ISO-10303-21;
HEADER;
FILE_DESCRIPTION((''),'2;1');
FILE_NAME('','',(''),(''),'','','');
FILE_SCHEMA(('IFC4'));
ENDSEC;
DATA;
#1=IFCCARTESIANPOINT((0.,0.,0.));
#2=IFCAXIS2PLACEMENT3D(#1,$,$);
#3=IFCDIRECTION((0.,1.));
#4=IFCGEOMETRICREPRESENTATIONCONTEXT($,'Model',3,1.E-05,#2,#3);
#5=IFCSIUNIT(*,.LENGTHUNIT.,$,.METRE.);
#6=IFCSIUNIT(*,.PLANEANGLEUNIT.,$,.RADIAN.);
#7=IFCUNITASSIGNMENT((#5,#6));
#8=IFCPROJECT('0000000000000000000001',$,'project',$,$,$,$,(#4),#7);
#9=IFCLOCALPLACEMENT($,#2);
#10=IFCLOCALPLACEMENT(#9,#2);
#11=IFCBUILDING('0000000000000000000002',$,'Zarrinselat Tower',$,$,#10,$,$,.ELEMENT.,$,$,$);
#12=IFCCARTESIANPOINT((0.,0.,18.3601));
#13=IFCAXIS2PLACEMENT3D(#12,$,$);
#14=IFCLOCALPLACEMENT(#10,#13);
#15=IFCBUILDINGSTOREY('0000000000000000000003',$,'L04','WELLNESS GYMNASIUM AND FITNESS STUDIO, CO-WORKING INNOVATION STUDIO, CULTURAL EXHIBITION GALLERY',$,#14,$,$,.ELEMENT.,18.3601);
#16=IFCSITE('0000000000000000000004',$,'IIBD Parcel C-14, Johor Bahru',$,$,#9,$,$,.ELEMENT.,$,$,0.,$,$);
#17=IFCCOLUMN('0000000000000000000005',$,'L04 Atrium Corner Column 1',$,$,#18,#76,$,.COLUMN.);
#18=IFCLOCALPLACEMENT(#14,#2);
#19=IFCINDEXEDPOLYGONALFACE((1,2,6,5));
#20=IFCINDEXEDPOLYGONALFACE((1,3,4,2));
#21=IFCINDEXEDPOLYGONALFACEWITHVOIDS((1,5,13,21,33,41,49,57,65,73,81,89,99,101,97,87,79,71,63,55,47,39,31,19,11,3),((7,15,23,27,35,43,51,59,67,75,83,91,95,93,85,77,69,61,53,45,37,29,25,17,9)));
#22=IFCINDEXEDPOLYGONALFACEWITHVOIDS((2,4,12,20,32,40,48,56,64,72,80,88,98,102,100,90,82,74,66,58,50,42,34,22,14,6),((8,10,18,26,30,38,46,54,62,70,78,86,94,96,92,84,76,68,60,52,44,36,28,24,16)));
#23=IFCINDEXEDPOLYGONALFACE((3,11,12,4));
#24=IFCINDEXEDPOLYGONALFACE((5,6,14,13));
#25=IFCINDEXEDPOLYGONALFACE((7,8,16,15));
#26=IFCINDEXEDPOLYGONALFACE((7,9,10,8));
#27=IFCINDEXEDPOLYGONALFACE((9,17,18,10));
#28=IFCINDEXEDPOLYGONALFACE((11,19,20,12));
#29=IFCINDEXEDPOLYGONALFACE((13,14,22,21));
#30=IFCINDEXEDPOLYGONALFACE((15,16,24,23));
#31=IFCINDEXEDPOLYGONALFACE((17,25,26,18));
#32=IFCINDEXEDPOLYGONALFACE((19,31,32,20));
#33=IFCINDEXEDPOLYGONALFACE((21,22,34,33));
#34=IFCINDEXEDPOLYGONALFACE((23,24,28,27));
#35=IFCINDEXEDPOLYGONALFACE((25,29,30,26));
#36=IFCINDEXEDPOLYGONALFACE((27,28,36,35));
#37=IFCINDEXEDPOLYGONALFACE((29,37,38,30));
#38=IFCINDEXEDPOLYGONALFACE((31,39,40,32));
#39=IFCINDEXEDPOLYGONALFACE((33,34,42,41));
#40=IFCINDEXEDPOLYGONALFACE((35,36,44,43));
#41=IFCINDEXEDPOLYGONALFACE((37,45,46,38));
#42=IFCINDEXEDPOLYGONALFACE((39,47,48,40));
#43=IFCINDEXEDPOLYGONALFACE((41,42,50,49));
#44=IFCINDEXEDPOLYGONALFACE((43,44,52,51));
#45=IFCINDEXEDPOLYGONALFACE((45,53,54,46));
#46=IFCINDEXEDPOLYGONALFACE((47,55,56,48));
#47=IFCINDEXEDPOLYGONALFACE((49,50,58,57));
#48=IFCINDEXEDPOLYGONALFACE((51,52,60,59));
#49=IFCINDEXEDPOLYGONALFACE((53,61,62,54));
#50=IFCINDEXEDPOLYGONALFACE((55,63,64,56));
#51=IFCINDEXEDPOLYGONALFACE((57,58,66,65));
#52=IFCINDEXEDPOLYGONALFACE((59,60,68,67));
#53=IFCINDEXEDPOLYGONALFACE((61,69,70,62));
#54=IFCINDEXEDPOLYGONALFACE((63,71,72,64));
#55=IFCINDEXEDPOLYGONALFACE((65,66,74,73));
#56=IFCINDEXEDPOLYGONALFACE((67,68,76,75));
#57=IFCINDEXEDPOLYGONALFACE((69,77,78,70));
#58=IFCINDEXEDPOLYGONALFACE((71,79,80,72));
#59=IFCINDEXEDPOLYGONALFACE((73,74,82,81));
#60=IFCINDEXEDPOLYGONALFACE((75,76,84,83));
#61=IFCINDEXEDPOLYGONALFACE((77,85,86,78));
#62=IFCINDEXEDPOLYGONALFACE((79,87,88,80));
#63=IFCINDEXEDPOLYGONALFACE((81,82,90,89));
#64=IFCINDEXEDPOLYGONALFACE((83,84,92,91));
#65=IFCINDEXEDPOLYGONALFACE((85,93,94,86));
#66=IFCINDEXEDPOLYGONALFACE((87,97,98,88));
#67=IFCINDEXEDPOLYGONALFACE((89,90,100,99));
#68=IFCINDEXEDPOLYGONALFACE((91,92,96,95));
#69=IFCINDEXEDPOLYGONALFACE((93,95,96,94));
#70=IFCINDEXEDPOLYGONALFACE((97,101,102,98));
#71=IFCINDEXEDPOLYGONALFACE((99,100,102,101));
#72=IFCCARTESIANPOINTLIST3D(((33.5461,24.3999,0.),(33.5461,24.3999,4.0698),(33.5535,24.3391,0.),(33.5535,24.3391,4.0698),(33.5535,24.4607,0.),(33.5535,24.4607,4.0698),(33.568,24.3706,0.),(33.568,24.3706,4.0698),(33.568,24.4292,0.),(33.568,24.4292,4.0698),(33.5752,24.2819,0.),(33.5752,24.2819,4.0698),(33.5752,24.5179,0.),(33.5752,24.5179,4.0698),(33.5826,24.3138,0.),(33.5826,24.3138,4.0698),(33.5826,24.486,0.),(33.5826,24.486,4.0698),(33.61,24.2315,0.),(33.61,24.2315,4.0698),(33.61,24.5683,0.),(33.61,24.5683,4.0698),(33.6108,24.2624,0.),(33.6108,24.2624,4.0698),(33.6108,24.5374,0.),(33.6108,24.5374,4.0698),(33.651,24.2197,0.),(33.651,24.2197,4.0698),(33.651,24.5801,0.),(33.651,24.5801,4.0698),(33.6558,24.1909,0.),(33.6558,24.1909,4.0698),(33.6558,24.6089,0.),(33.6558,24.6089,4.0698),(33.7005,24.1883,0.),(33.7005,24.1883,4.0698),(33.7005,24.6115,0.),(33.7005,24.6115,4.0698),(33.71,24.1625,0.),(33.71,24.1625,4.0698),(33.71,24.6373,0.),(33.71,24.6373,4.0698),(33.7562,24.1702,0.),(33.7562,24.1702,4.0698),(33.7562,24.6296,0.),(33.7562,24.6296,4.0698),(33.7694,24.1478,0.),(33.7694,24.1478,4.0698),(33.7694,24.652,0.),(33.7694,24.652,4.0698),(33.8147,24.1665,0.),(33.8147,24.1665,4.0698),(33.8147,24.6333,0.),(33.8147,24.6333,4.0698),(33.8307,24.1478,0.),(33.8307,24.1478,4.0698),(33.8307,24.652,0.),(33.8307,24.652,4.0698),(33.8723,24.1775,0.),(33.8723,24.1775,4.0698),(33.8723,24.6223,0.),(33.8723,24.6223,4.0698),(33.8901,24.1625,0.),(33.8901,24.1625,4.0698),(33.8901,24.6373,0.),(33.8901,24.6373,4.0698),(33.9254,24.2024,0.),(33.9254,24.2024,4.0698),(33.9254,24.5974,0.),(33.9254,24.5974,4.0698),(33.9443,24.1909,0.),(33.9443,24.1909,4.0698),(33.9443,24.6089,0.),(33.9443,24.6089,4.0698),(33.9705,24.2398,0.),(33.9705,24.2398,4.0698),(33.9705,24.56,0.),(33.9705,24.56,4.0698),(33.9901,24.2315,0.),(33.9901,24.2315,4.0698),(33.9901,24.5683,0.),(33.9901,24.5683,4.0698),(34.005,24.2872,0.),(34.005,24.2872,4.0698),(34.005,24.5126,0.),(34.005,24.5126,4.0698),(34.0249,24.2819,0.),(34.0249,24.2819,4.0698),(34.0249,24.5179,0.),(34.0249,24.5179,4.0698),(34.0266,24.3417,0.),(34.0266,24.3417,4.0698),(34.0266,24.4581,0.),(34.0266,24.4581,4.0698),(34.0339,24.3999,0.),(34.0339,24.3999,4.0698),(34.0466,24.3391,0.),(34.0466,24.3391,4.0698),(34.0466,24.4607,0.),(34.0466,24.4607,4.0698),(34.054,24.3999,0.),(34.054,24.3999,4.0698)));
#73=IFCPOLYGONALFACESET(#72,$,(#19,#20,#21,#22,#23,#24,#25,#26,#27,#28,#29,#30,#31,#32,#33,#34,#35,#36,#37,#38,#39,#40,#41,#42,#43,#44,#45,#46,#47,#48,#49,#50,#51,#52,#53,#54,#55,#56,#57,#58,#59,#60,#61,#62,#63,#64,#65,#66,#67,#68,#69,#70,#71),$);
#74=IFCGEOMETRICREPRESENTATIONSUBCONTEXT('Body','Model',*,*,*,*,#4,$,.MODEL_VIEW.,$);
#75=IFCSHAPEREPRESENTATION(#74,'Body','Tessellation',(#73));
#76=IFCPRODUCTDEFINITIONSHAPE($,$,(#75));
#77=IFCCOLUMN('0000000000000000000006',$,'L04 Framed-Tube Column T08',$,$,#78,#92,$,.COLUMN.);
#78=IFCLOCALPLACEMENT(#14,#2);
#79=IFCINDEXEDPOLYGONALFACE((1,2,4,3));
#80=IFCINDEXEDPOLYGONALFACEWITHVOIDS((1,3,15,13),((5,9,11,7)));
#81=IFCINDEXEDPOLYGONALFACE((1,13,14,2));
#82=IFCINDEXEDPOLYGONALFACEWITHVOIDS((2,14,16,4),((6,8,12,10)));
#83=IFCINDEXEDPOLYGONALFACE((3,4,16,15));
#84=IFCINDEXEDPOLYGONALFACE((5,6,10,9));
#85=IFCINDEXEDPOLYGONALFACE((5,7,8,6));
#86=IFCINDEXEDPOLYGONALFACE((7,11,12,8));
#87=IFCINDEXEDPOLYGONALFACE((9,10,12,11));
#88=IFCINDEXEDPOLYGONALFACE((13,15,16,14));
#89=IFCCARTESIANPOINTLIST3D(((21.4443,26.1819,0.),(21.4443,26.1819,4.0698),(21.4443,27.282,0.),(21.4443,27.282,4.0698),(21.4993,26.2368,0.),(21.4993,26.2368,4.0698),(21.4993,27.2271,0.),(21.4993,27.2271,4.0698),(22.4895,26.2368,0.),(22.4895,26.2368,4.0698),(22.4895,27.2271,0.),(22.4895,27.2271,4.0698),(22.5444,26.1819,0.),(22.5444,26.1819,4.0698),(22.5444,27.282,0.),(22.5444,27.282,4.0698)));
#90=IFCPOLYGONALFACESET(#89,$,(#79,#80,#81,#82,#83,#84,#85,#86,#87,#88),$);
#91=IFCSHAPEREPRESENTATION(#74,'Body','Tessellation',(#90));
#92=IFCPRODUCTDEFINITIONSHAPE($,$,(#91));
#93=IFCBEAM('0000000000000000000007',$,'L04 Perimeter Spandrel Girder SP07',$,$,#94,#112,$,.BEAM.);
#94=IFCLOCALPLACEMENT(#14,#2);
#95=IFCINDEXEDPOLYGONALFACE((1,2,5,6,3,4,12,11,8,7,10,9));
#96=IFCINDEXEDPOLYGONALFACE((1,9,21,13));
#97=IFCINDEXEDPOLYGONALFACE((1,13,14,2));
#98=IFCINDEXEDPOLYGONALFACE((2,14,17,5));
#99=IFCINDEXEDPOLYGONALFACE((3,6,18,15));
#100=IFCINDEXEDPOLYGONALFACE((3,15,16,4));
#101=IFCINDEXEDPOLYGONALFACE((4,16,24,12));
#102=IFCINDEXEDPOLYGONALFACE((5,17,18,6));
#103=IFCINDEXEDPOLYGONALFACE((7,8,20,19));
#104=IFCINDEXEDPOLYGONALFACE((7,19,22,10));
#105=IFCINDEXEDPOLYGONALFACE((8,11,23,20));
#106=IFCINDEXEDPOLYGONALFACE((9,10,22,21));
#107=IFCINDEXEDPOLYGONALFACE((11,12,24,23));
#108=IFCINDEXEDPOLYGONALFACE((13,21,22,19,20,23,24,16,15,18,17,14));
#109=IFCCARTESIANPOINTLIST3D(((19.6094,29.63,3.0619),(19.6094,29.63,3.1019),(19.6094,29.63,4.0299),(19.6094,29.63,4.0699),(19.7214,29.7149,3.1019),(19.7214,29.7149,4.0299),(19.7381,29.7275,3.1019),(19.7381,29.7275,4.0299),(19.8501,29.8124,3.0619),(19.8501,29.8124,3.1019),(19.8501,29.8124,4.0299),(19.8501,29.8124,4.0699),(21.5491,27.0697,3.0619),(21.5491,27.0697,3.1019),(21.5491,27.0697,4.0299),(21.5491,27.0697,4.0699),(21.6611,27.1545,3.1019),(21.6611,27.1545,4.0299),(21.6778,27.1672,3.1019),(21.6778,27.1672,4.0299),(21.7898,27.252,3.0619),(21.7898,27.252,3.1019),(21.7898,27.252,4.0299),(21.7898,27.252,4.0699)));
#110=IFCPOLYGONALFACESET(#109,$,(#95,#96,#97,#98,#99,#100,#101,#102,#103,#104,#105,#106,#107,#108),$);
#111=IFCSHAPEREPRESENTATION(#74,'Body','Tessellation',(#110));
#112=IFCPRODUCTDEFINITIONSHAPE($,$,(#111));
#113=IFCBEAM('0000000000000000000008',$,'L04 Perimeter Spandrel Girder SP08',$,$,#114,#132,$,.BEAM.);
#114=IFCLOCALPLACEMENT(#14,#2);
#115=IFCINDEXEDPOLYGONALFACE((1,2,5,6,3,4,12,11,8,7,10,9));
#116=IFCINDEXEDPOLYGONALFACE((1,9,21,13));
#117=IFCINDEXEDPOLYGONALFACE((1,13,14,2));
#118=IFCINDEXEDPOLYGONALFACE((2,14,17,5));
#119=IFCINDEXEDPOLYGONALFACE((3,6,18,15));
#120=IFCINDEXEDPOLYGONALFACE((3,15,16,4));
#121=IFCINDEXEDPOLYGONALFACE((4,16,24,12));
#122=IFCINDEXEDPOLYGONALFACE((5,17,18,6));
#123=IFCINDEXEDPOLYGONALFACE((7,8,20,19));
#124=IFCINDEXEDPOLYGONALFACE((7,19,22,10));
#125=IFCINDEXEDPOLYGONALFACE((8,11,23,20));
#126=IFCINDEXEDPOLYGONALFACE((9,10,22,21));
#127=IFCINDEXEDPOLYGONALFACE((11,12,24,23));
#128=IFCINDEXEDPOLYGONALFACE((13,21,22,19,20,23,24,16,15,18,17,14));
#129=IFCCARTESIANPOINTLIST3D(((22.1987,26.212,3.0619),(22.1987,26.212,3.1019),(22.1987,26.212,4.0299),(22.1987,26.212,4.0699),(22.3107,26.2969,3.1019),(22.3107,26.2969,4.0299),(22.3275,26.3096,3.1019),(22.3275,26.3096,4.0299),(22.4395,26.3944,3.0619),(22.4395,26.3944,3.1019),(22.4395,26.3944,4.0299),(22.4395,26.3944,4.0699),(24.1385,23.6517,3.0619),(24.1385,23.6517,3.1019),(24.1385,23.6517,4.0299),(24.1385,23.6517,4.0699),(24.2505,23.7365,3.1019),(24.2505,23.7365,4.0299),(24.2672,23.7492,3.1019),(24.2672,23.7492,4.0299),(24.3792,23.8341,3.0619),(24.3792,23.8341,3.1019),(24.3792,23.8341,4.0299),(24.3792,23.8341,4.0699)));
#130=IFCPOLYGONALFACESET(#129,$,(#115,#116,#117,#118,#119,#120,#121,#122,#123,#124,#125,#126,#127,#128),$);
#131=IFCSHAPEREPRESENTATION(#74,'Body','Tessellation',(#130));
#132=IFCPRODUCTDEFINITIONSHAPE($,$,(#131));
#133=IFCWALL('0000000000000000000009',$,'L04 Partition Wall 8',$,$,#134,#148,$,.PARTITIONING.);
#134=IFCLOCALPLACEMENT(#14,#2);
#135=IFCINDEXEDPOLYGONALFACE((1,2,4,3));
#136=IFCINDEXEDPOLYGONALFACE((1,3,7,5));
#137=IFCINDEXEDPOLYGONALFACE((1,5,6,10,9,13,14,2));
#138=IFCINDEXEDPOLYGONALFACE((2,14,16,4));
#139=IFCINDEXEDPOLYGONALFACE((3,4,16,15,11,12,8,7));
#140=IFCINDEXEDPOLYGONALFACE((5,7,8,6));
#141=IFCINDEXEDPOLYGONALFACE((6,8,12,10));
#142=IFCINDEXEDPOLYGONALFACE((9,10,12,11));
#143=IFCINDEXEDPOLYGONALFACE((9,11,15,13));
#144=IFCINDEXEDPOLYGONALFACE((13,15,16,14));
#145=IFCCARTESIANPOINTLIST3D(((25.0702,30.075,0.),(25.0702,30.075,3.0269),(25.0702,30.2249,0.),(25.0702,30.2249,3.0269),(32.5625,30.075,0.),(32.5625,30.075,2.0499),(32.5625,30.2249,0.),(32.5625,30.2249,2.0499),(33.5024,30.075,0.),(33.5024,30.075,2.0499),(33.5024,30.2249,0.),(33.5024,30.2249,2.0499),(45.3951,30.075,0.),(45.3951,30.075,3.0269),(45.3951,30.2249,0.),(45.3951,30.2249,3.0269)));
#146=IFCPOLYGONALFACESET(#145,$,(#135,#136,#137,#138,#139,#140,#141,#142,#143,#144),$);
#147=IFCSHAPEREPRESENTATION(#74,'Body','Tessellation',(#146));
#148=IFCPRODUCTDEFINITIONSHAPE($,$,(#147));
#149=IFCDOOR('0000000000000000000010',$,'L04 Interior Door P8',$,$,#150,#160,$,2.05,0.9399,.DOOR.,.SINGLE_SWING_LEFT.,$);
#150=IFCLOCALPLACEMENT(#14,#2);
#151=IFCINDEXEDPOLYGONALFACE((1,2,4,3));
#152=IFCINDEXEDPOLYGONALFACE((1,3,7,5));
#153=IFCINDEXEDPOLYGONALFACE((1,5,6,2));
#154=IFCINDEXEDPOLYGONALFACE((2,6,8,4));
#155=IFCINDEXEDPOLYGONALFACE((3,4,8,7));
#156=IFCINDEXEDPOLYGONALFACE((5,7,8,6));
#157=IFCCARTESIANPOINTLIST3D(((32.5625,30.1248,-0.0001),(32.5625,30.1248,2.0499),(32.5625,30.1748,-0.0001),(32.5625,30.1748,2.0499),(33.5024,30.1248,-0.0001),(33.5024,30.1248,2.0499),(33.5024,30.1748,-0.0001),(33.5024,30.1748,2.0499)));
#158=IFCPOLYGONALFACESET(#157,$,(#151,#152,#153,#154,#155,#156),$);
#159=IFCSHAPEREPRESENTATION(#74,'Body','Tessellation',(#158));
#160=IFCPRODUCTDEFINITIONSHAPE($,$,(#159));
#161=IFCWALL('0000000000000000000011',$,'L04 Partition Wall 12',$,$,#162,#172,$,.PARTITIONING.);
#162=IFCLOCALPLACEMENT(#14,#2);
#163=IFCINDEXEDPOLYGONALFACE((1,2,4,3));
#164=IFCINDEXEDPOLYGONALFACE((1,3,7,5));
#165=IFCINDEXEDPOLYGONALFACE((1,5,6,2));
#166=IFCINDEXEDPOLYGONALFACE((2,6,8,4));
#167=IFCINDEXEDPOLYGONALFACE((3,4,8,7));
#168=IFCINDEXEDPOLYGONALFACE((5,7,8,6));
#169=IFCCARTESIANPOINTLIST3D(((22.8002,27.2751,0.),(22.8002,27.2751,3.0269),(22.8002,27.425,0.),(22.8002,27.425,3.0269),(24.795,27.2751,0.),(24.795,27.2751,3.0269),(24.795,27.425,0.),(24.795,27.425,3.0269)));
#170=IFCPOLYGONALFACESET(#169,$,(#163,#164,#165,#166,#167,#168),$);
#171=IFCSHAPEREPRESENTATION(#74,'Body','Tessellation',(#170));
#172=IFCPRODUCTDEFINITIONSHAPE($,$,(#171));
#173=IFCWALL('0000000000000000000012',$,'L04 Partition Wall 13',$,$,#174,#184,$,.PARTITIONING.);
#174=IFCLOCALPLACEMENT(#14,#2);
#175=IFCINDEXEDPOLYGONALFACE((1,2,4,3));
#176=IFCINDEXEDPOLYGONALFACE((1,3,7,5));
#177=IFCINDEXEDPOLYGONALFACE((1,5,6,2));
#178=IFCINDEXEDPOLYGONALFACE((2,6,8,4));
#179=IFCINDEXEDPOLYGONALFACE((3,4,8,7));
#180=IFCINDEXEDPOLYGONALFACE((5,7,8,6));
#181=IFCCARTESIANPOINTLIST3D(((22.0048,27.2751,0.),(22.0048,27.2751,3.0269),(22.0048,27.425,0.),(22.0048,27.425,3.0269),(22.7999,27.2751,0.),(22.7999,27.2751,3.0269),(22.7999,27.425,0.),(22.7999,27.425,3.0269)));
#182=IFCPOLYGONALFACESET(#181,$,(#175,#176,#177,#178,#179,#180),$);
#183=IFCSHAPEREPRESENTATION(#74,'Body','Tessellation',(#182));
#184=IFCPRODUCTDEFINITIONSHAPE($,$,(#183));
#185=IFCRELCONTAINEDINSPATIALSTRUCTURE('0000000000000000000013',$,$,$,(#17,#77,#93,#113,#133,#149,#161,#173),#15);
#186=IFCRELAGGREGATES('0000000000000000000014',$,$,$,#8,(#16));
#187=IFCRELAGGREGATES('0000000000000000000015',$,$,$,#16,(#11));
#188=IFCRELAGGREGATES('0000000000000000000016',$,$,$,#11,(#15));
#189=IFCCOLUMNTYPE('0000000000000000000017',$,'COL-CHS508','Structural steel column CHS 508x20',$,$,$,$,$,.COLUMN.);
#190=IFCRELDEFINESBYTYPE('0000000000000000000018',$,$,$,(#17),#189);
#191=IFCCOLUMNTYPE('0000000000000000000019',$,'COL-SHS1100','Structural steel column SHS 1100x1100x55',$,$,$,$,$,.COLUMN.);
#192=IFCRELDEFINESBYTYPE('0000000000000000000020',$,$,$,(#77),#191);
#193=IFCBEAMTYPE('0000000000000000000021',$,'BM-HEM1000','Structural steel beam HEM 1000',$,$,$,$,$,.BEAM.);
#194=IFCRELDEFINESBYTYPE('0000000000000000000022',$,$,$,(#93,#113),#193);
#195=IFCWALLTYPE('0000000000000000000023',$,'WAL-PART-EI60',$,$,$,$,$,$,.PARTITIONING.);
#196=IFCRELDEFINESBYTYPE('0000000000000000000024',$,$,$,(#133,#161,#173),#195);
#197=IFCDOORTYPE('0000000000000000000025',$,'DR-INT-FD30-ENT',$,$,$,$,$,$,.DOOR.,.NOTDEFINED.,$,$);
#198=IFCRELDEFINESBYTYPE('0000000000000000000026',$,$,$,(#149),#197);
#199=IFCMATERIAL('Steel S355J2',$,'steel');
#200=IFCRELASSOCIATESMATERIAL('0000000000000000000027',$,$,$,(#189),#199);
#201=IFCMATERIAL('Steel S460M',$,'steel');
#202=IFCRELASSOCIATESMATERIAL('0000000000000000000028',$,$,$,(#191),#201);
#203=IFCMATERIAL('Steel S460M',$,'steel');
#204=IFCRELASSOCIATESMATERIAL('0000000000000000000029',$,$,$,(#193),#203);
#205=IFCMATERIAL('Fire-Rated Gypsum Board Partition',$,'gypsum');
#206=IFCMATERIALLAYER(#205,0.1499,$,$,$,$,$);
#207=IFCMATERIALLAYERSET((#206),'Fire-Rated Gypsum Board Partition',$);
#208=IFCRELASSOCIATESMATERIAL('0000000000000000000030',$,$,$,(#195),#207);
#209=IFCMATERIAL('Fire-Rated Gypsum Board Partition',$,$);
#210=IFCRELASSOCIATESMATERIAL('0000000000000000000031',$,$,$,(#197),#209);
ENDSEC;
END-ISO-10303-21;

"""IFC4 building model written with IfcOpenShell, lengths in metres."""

from ifc_helpers import new_model, si_unit, direction, frame, frame_2d, origin, origin_2d, place, context, subcontext, project, spatial, rectangle, hollow_rectangle, hollow_circle, i_section, extrude, material, layer, layer_set, material_profile, profile_set, type_object, element, fill, save


model = new_model("IFC4")

# Units and contexts
model_context = context("Model", 3, precision=1e-05, world=origin(), true_north=direction((0.0, 1.0)))
body_context = subcontext(model_context, "Body", "Model", "MODEL_VIEW")
ifc_project = project(units=[si_unit("LENGTHUNIT", "METRE"), si_unit("PLANEANGLEUNIT", "RADIAN")], contexts=[model_context])

# Site, building, storey
site_placement = place(None, origin())
site = spatial("IfcSite", under=ifc_project, at=site_placement, Name="IIBD Parcel C-14, Johor Bahru", CompositionType="ELEMENT", RefElevation=0.0)
building_placement = place(site_placement, origin())
building = spatial("IfcBuilding", under=site, at=building_placement, Name="Zarrinselat Tower", CompositionType="ELEMENT")
storey_placement = place(building_placement, frame((0.0, 0.0, 18.3601)))
storey = spatial("IfcBuildingStorey", under=building, at=storey_placement, Name="L04", Description="WELLNESS GYMNASIUM AND FITNESS STUDIO, CO-WORKING INNOVATION STUDIO, CULTURAL EXHIBITION GALLERY", CompositionType="ELEMENT", Elevation=18.3601)

# Columns
ifc_material_1 = material(Name="Steel S355J2", Category="steel")
ifc_material_profile_1 = material_profile(ifc_material_1, hollow_circle(Radius=0.2539, WallThickness=0.02, at=origin_2d()), Name="CHS 508x20")
ifc_profile_set_1 = profile_set([ifc_material_profile_1], Name="Steel S355J2")
column_type_1 = type_object("IfcColumnType", Name="COL-CHS508", Description="Structural steel column CHS 508x20", PredefinedType="COLUMN", material=ifc_profile_set_1)
column_1_placement = place(storey_placement, frame((33.8, 24.3999, 0.0), z_axis=(0.0, 0.0, 1.0), x_axis=(1.0, 0.0, 0.0)))
element("IfcColumn", 1, at=column_1_placement, inside=storey, type_object=column_type_1, Name="L04 Atrium Corner Column 1", PredefinedType="COLUMN", context=body_context, shape_type="SweptSolid", body=[
    extrude(hollow_circle(Radius=0.2539, WallThickness=0.02, at=origin_2d()), origin(), (0.0, 0.0, 1.0), 4.0698),
])
ifc_material_2 = material(Name="Steel S460M", Category="steel")
ifc_material_profile_2 = material_profile(ifc_material_2, hollow_rectangle(XDim=1.1001, YDim=1.1001, WallThickness=0.0549, at=origin_2d()), Name="SHS 1100x1100x55")
ifc_profile_set_2 = profile_set([ifc_material_profile_2], Name="Steel S460M")
column_type_2 = type_object("IfcColumnType", Name="COL-SHS1100", Description="Structural steel column SHS 1100x1100x55", PredefinedType="COLUMN", material=ifc_profile_set_2)
column_2_placement = place(storey_placement, frame((21.9944, 26.7319, 0.0), z_axis=(0.0, 0.0, 1.0), x_axis=(1.0, 0.0, 0.0)))
element("IfcColumn", 2, at=column_2_placement, inside=storey, type_object=column_type_2, Name="L04 Framed-Tube Column T08", PredefinedType="COLUMN", context=body_context, shape_type="SweptSolid", body=[
    extrude(hollow_rectangle(XDim=1.1001, YDim=1.1001, WallThickness=0.0549, at=origin_2d()), origin(), (0.0, 0.0, 1.0), 4.0698),
])

# Beams
ifc_material_3 = material(Name="Steel S460M", Category="steel")
ifc_material_profile_3 = material_profile(ifc_material_3, i_section(OverallWidth=0.302, OverallDepth=1.0081, WebThickness=0.021, FlangeThickness=0.04, at=origin_2d()), Name="HEM 1000")
ifc_profile_set_3 = profile_set([ifc_material_profile_3], Name="Steel S460M")
beam_type = type_object("IfcBeamType", Name="BM-HEM1000", Description="Structural steel beam HEM 1000", PredefinedType="BEAM", material=ifc_profile_set_3)
for number, where, z_axis, x_axis, name in (
    (3, (19.7297, 29.7212, 3.5659), (0.603872, -0.797081, 0.0), (0.797081, 0.603872, 0.0), "L04 Perimeter Spandrel Girder SP07"),
    (4, (22.3191, 26.3032, 3.5659), (0.603872, -0.797081, 0.0), (0.797081, 0.603872, 0.0), "L04 Perimeter Spandrel Girder SP08"),
):
    element("IfcBeam", number, at=place(storey_placement, frame(where, z_axis=z_axis, x_axis=x_axis)), inside=storey, type_object=beam_type, Name=name, PredefinedType="BEAM", context=body_context, shape_type="SweptSolid", body=[
        extrude(i_section(OverallWidth=0.302, OverallDepth=1.0081, WebThickness=0.021, FlangeThickness=0.04, at=origin_2d()), origin(), (0.0, 0.0, 1.0), 3.2122),
    ])

# Wall, opening, door
ifc_material_4 = material(Name="Fire-Rated Gypsum Board Partition", Category="gypsum")
ifc_layer_1 = layer(ifc_material_4, 0.1499)
ifc_layer_set_1 = layer_set([ifc_layer_1], Name="Fire-Rated Gypsum Board Partition")
wall_type_1 = type_object("IfcWallType", Name="WAL-PART-EI60", PredefinedType="PARTITIONING", material=ifc_layer_set_1)
wall_1_placement = place(storey_placement, frame((25.0701, 30.1499, 0.0), z_axis=(0.0, 0.0, 1.0), x_axis=(1.0, 0.0, 0.0)))
wall_1 = element("IfcWall", 5, at=wall_1_placement, inside=storey, type_object=wall_type_1, Name="L04 Partition Wall 8", PredefinedType="PARTITIONING", context=body_context, shape_type="SweptSolid", body=[
    extrude(rectangle(XDim=20.325, YDim=0.1499, at=frame_2d((10.1626, 0.0))), origin(), (0.0, 0.0, 1.0), 3.0269),
])
opening_1_placement = place(wall_1_placement, frame((7.4924, 0.0, 0.0)))
opening_1 = element("IfcOpeningElement", 6, at=opening_1_placement, cuts=wall_1, PredefinedType="OPENING", context=body_context, shape_type="SweptSolid", body=[
    extrude(rectangle(XDim=0.9399, YDim=2.05, at=frame_2d((0.47, 1.0249))), frame((0.0, 0.085, 0.0), z_axis=(0.0, -1.0, 0.0), x_axis=(1.0, 0.0, 0.0)), (0.0, 0.0, 1.0), 0.1699),
])
ifc_material_5 = material(Name="Fire-Rated Gypsum Board Partition")
door_type_1 = type_object("IfcDoorType", Name="DR-INT-FD30-ENT", OperationType="NOTDEFINED", PredefinedType="DOOR", material=ifc_material_5)
door_1_placement = place(opening_1_placement, origin())
door_1 = element("IfcDoor", 7, at=door_1_placement, inside=storey, type_object=door_type_1, Name="L04 Interior Door P8", OperationType="SINGLE_SWING_LEFT", OverallHeight=2.05, OverallWidth=0.9399, PredefinedType="DOOR", context=body_context, shape_type="SweptSolid", body=[
    extrude(rectangle(XDim=0.9399, YDim=2.05, at=frame_2d((0.47, 1.0249))), frame((0.0, 0.0249, 0.0), z_axis=(0.0, -1.0, 0.0), x_axis=(1.0, 0.0, 0.0)), (0.0, 0.0, 1.0), 0.05),
])
fill(opening_1, door_1)

# Walls
wall_2_placement = place(storey_placement, frame((22.8, 27.3501, 0.0), z_axis=(0.0, 0.0, 1.0), x_axis=(1.0, 0.0, 0.0)))
element("IfcWall", 8, at=wall_2_placement, inside=storey, type_object=wall_type_1, Name="L04 Partition Wall 12", PredefinedType="PARTITIONING", context=body_context, shape_type="SweptSolid", body=[
    extrude(rectangle(XDim=1.9949, YDim=0.1499, at=frame_2d((0.9976, 0.0))), origin(), (0.0, 0.0, 1.0), 3.0269),
])
wall_3_placement = place(storey_placement, frame((22.0049, 27.3501, 0.0), z_axis=(0.0, 0.0, 1.0), x_axis=(1.0, 0.0, 0.0)))
element("IfcWall", 9, at=wall_3_placement, inside=storey, type_object=wall_type_1, Name="L04 Partition Wall 13", PredefinedType="PARTITIONING", context=body_context, shape_type="SweptSolid", body=[
    extrude(rectangle(XDim=0.7952, YDim=0.1499, at=frame_2d((0.3975, 0.0))), origin(), (0.0, 0.0, 1.0), 3.0269),
])

save(model, "model.ifc")
